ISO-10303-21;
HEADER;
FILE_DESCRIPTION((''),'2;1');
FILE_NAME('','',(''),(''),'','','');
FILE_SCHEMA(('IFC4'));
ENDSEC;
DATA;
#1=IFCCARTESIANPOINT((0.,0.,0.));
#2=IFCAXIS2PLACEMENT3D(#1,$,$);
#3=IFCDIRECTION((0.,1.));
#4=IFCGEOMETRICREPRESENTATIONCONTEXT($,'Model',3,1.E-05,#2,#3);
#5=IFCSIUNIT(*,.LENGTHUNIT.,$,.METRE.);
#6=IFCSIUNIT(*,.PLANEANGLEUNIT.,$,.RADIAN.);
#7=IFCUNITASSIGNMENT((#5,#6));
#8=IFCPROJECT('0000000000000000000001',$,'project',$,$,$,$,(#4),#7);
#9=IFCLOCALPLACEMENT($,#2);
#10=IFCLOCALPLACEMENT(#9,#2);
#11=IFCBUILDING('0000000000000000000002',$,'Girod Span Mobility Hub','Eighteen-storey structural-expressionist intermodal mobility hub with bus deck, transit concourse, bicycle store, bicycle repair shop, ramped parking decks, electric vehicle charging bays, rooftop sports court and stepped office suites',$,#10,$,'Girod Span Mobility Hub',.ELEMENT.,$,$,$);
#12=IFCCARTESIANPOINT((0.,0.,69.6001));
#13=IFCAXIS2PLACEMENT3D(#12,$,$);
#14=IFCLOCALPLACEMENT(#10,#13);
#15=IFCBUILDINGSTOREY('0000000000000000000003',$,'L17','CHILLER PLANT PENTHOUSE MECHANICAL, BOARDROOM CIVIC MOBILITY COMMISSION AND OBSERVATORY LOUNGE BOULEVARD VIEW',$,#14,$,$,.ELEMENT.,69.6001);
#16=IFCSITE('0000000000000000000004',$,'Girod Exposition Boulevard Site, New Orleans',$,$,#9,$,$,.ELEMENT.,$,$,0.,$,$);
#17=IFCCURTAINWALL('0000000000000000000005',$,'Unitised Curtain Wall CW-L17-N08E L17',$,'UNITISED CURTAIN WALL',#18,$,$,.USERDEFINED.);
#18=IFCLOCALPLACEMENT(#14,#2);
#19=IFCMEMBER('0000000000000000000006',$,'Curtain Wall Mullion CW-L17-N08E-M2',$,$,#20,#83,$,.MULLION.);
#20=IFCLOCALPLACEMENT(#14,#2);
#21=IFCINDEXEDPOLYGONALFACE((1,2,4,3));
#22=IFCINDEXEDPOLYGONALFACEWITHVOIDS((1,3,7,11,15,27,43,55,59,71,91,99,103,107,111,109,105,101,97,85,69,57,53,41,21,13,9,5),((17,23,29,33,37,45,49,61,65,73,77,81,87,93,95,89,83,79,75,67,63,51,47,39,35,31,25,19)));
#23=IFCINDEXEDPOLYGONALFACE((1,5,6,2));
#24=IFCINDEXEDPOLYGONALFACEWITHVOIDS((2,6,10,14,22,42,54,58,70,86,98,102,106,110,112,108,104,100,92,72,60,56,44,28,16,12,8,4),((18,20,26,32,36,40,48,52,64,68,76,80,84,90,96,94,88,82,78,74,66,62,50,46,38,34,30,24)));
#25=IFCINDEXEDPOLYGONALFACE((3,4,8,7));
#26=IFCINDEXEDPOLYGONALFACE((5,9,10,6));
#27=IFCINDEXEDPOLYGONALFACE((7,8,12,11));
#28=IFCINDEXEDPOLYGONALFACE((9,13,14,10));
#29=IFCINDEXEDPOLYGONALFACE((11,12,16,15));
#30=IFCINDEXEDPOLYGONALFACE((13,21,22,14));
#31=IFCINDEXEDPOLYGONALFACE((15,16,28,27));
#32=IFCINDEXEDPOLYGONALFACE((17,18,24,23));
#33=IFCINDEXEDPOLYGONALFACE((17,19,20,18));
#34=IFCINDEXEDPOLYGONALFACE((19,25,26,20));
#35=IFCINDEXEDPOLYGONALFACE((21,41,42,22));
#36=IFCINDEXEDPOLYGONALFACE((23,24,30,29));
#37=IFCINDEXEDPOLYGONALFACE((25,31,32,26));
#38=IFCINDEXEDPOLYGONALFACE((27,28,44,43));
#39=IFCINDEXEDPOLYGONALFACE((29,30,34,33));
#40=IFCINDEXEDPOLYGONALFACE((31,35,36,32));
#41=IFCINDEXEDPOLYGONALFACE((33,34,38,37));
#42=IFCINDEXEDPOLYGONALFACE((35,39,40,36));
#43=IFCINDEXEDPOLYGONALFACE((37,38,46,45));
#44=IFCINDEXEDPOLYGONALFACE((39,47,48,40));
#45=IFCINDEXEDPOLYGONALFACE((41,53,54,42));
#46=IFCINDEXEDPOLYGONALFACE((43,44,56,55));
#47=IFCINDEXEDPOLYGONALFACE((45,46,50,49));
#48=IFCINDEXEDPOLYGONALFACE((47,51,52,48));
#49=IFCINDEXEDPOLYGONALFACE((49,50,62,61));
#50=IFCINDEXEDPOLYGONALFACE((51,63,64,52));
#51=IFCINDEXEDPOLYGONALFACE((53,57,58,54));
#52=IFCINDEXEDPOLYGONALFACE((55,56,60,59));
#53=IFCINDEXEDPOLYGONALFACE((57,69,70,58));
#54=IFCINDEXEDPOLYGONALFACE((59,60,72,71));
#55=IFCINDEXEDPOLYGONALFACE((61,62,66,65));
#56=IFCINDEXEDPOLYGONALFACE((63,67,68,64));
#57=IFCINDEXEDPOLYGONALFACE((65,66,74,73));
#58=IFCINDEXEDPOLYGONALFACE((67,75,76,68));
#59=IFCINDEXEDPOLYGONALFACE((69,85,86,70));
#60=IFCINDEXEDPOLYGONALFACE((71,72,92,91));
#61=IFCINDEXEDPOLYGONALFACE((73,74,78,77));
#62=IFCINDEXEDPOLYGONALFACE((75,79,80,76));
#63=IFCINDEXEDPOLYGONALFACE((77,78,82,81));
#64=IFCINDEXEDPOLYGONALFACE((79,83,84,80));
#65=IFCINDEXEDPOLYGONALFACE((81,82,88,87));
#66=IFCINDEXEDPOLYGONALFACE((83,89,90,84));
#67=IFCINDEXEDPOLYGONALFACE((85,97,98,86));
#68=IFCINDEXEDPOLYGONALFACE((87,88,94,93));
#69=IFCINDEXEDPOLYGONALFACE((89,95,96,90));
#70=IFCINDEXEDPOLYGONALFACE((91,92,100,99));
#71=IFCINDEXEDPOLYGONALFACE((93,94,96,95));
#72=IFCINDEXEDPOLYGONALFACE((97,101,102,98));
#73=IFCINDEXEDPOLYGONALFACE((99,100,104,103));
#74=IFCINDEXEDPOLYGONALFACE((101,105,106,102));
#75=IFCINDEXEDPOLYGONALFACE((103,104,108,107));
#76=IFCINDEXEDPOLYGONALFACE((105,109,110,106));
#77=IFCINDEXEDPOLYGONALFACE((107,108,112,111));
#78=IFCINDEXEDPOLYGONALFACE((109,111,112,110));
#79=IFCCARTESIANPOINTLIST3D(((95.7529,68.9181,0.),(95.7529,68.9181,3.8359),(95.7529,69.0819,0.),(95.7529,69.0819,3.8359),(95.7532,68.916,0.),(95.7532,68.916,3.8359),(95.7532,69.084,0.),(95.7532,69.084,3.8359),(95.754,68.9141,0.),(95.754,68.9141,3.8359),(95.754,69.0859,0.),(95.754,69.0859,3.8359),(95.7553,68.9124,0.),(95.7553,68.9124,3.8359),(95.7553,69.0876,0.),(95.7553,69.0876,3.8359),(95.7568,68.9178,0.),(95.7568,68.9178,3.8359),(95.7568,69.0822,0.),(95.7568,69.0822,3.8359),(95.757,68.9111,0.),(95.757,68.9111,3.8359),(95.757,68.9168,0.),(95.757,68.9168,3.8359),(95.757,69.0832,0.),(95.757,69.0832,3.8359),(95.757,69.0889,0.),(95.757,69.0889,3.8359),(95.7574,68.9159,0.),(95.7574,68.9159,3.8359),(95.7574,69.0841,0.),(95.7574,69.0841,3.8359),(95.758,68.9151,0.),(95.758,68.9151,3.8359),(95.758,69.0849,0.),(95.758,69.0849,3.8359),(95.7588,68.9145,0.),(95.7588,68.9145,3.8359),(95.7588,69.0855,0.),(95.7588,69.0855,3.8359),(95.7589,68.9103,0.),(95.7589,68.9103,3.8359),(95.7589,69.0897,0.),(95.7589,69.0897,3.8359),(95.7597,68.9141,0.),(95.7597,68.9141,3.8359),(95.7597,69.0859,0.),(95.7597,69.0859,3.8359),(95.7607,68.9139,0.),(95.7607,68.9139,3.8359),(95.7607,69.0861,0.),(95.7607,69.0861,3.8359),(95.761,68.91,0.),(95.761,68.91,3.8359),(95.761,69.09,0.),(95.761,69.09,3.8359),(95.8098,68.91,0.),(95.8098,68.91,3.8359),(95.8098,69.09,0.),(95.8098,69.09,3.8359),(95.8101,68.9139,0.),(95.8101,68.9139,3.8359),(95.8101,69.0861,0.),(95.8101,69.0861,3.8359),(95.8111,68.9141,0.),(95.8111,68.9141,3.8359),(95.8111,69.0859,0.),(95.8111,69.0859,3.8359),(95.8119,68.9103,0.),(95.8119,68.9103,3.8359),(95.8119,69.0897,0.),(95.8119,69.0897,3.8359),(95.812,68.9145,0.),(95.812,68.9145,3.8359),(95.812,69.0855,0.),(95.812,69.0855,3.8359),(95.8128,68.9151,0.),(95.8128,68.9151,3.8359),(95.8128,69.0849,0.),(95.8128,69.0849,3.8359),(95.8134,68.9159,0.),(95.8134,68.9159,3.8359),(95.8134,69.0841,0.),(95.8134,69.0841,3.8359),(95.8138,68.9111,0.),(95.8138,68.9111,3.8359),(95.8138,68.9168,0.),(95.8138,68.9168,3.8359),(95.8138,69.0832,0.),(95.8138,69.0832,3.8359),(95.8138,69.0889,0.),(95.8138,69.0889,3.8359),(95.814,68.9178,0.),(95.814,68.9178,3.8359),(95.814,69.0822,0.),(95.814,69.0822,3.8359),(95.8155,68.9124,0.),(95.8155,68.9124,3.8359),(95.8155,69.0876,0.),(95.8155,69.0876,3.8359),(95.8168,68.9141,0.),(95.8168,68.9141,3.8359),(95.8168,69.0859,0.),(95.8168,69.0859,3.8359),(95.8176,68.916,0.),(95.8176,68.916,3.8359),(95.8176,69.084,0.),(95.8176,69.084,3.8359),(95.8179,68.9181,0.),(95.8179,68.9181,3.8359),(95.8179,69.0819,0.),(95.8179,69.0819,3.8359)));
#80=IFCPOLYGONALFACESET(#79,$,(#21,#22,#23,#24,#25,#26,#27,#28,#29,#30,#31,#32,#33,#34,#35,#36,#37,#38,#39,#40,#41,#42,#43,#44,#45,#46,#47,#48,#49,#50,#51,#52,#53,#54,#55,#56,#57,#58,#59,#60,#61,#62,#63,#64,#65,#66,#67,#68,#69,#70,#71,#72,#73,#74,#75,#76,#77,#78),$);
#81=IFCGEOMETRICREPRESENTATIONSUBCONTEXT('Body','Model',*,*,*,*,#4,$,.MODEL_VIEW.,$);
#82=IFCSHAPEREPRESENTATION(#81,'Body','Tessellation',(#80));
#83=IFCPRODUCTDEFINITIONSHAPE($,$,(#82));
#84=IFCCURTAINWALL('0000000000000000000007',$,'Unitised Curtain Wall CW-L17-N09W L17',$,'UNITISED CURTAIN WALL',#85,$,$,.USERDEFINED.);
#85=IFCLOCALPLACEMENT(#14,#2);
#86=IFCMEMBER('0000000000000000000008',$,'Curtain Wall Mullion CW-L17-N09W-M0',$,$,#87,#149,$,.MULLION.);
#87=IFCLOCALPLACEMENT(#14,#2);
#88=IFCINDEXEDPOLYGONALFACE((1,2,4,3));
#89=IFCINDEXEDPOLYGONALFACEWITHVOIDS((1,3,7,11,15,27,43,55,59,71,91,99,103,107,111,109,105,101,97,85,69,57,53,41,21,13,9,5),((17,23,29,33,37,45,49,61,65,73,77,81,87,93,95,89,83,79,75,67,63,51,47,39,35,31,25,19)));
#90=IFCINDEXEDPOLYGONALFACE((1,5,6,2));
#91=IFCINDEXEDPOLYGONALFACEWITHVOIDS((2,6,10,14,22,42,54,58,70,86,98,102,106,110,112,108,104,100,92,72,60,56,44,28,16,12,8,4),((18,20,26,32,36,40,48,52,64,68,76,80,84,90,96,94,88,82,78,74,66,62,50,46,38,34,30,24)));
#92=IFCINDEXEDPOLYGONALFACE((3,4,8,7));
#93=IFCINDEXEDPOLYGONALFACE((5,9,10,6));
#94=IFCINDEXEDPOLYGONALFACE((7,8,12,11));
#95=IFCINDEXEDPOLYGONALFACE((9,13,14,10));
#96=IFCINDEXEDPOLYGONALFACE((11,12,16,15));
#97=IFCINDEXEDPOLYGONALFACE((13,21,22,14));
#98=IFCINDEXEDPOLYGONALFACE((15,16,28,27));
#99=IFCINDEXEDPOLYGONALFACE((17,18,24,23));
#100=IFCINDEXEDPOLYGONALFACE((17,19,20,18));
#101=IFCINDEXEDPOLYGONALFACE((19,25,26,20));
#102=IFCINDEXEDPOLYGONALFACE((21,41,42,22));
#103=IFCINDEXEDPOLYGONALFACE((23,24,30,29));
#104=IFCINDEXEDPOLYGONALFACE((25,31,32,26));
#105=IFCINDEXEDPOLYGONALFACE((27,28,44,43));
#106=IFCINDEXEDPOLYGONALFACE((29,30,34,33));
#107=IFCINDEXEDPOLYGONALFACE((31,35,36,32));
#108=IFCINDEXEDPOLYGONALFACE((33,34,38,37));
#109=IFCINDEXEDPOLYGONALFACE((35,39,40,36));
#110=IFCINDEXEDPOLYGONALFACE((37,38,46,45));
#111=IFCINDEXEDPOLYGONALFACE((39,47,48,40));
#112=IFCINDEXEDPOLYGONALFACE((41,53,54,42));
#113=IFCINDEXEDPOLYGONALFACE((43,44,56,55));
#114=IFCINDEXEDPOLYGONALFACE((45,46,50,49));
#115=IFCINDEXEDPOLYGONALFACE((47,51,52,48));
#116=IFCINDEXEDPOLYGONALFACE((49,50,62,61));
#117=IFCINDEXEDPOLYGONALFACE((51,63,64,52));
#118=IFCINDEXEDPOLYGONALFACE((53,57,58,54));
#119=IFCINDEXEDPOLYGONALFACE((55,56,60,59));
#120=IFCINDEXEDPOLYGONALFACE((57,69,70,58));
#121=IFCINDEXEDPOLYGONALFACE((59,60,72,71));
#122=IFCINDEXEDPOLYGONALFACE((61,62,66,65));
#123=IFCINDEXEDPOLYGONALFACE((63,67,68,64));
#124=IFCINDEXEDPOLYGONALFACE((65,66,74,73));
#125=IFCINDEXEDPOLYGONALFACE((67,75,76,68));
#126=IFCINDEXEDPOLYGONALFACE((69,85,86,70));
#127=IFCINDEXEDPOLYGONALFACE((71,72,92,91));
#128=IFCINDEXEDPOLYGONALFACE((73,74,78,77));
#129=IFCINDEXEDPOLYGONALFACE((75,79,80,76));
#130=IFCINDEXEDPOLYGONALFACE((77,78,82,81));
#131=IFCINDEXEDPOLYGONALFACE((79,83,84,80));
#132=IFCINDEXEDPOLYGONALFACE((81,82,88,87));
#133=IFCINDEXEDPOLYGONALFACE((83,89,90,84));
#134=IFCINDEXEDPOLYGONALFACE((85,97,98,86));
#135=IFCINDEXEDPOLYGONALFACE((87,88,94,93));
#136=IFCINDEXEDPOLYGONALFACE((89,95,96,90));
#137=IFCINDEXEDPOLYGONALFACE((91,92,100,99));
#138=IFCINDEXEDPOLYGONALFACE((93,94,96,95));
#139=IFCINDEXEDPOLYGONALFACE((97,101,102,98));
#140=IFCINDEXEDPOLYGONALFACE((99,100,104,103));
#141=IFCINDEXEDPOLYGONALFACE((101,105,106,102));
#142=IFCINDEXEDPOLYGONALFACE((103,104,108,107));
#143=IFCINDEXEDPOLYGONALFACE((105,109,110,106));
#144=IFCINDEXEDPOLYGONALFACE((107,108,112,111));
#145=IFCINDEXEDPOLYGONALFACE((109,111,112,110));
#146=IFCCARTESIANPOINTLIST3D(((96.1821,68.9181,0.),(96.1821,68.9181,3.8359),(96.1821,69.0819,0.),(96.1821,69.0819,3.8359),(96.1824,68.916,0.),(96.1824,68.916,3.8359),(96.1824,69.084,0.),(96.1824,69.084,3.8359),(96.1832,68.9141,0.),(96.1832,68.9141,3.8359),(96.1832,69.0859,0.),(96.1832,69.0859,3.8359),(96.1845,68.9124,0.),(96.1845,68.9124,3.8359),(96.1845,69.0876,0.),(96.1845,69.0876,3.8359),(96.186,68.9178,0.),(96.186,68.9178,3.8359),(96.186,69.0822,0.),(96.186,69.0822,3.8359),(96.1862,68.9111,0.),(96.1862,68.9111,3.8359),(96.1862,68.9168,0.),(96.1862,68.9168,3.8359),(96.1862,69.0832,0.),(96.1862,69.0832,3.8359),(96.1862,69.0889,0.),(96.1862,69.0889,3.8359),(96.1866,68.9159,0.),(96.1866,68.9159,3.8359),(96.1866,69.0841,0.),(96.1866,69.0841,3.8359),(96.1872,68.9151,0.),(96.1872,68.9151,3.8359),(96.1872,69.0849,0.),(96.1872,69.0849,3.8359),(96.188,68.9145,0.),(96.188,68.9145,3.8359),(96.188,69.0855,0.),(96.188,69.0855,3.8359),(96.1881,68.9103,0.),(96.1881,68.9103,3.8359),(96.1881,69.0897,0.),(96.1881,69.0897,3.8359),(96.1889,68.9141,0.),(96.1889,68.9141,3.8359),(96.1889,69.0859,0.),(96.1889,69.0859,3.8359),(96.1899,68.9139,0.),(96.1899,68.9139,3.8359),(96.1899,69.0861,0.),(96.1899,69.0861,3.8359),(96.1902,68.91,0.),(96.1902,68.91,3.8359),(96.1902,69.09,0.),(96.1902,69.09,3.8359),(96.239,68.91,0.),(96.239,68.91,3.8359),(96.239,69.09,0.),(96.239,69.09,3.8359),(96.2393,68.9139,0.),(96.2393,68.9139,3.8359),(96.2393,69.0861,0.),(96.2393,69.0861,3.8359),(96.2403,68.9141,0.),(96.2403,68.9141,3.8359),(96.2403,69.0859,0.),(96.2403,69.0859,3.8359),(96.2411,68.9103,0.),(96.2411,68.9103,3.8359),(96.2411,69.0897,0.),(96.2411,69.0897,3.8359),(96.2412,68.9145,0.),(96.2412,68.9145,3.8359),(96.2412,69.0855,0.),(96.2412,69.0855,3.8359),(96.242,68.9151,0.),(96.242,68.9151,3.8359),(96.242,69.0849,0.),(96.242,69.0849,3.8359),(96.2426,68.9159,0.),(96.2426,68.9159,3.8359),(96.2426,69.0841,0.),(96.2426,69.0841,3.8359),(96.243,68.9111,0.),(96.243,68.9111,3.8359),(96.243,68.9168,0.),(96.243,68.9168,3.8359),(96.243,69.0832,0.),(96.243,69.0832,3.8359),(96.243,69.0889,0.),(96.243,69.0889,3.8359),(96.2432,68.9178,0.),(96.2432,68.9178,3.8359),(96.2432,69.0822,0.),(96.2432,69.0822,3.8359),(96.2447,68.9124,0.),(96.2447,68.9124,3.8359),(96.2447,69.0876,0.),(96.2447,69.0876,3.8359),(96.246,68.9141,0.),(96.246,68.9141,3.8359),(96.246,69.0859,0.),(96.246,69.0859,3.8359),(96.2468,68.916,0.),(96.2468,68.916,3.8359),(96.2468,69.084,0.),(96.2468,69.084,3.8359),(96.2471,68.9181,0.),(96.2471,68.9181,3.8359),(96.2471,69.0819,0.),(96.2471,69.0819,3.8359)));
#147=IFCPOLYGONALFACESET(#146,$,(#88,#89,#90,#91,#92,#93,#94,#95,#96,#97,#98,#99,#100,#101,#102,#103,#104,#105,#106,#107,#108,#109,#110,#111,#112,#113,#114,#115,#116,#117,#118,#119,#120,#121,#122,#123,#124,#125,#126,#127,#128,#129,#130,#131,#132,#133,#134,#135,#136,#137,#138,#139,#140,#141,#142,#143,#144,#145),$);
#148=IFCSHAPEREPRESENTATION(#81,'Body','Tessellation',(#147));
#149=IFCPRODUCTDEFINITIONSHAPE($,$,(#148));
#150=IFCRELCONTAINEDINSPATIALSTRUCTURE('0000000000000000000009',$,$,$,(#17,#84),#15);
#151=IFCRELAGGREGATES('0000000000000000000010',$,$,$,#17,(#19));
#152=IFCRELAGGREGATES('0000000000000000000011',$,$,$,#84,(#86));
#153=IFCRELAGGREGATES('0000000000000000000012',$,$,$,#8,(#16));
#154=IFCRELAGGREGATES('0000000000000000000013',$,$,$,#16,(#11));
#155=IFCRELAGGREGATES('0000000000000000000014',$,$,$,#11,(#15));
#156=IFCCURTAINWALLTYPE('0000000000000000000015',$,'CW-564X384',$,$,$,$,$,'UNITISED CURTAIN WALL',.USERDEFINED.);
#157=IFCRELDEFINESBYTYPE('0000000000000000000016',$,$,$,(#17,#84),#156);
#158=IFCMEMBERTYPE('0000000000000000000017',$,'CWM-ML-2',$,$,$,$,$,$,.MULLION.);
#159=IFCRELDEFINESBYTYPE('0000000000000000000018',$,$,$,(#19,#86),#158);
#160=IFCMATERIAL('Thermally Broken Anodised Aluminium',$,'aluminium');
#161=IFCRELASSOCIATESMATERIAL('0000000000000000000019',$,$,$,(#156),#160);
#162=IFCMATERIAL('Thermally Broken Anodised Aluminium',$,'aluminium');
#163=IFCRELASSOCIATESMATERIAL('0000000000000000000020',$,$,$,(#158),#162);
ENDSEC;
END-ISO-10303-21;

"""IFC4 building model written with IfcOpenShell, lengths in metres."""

from ifc_helpers import new_model, si_unit, direction, frame, origin, origin_2d, place, context, subcontext, project, spatial, hollow_rectangle, extrude, material, material_profile, profile_set, type_object, element, aggregate, save


model = new_model("IFC4")

# Units and contexts
model_context = context("Model", 3, precision=1e-05, world=origin(), true_north=direction((0.0, 1.0)))
body_context = subcontext(model_context, "Body", "Model", "MODEL_VIEW")
ifc_project = project(units=[si_unit("LENGTHUNIT", "METRE"), si_unit("PLANEANGLEUNIT", "RADIAN")], contexts=[model_context])

# Site, building, storey
site_placement = place(None, origin())
site = spatial("IfcSite", under=ifc_project, at=site_placement, Name="Girod Exposition Boulevard Site, New Orleans", CompositionType="ELEMENT", RefElevation=0.0)
building_placement = place(site_placement, origin())
building = spatial("IfcBuilding", under=site, at=building_placement, Name="Girod Span Mobility Hub", Description="Eighteen-storey structural-expressionist intermodal mobility hub with bus deck, transit concourse, bicycle store, bicycle repair shop, ramped parking decks, electric vehicle charging bays, rooftop sports court and stepped office suites", LongName="Girod Span Mobility Hub", CompositionType="ELEMENT")
storey_placement = place(building_placement, frame((0.0, 0.0, 69.6001)))
storey = spatial("IfcBuildingStorey", under=building, at=storey_placement, Name="L17", Description="CHILLER PLANT PENTHOUSE MECHANICAL, BOARDROOM CIVIC MOBILITY COMMISSION AND OBSERVATORY LOUNGE BOULEVARD VIEW", CompositionType="ELEMENT", Elevation=69.6001)

# Shared definitions
ifc_material_1 = material(Name="Thermally Broken Anodised Aluminium", Category="aluminium")
curtain_wall_type = type_object("IfcCurtainWallType", Name="CW-564X384", ElementType="UNITISED CURTAIN WALL", PredefinedType="USERDEFINED", material=ifc_material_1)
ifc_material_2 = material(Name="Thermally Broken Anodised Aluminium", Category="aluminium")
ifc_material_profile_1 = material_profile(ifc_material_2, hollow_rectangle(XDim=0.1799, YDim=0.0649, WallThickness=0.0039, InnerFilletRadius=0.0039, OuterFilletRadius=0.0081, at=origin_2d()), Name="CW-ML-65X180")
ifc_profile_set_1 = profile_set([ifc_material_profile_1], Name="Thermally Broken Anodised Aluminium")
member_type_1 = type_object("IfcMemberType", Name="CWM-ML-2", PredefinedType="MULLION", material=ifc_profile_set_1)

# Curtain wall, member
curtain_wall_1_placement = place(storey_placement, origin())
curtain_wall_1 = element("IfcCurtainWall", 1, at=curtain_wall_1_placement, inside=storey, type_object=curtain_wall_type, Name="Unitised Curtain Wall CW-L17-N08E L17", ObjectType="UNITISED CURTAIN WALL", PredefinedType="USERDEFINED")
member_1_placement = place(storey_placement, frame((95.7854, 69.0, 0.0), z_axis=(0.0, 0.0, 1.0), x_axis=(0.0, 1.0, 0.0)))
member_1 = element("IfcMember", 2, at=member_1_placement, type_object=member_type_1, Name="Curtain Wall Mullion CW-L17-N08E-M2", PredefinedType="MULLION", context=body_context, shape_type="SweptSolid", body=[
    extrude(hollow_rectangle(XDim=0.1799, YDim=0.0649, WallThickness=0.0039, InnerFilletRadius=0.0039, OuterFilletRadius=0.0081, at=origin_2d()), origin(), (0.0, 0.0, 1.0), 3.8359),
])

# Curtain wall, member
curtain_wall_2_placement = place(storey_placement, origin())
curtain_wall_2 = element("IfcCurtainWall", 3, at=curtain_wall_2_placement, inside=storey, type_object=curtain_wall_type, Name="Unitised Curtain Wall CW-L17-N09W L17", ObjectType="UNITISED CURTAIN WALL", PredefinedType="USERDEFINED")
member_2_placement = place(storey_placement, frame((96.2146, 69.0, 0.0), z_axis=(0.0, 0.0, 1.0), x_axis=(0.0, 1.0, 0.0)))
member_2 = element("IfcMember", 4, at=member_2_placement, type_object=member_type_1, Name="Curtain Wall Mullion CW-L17-N09W-M0", PredefinedType="MULLION", context=body_context, shape_type="SweptSolid", body=[
    extrude(hollow_rectangle(XDim=0.1799, YDim=0.0649, WallThickness=0.0039, InnerFilletRadius=0.0039, OuterFilletRadius=0.0081, at=origin_2d()), origin(), (0.0, 0.0, 1.0), 3.8359),
])

aggregate(curtain_wall_1, [member_1])
aggregate(curtain_wall_2, [member_2])

save(model, "model.ifc")
